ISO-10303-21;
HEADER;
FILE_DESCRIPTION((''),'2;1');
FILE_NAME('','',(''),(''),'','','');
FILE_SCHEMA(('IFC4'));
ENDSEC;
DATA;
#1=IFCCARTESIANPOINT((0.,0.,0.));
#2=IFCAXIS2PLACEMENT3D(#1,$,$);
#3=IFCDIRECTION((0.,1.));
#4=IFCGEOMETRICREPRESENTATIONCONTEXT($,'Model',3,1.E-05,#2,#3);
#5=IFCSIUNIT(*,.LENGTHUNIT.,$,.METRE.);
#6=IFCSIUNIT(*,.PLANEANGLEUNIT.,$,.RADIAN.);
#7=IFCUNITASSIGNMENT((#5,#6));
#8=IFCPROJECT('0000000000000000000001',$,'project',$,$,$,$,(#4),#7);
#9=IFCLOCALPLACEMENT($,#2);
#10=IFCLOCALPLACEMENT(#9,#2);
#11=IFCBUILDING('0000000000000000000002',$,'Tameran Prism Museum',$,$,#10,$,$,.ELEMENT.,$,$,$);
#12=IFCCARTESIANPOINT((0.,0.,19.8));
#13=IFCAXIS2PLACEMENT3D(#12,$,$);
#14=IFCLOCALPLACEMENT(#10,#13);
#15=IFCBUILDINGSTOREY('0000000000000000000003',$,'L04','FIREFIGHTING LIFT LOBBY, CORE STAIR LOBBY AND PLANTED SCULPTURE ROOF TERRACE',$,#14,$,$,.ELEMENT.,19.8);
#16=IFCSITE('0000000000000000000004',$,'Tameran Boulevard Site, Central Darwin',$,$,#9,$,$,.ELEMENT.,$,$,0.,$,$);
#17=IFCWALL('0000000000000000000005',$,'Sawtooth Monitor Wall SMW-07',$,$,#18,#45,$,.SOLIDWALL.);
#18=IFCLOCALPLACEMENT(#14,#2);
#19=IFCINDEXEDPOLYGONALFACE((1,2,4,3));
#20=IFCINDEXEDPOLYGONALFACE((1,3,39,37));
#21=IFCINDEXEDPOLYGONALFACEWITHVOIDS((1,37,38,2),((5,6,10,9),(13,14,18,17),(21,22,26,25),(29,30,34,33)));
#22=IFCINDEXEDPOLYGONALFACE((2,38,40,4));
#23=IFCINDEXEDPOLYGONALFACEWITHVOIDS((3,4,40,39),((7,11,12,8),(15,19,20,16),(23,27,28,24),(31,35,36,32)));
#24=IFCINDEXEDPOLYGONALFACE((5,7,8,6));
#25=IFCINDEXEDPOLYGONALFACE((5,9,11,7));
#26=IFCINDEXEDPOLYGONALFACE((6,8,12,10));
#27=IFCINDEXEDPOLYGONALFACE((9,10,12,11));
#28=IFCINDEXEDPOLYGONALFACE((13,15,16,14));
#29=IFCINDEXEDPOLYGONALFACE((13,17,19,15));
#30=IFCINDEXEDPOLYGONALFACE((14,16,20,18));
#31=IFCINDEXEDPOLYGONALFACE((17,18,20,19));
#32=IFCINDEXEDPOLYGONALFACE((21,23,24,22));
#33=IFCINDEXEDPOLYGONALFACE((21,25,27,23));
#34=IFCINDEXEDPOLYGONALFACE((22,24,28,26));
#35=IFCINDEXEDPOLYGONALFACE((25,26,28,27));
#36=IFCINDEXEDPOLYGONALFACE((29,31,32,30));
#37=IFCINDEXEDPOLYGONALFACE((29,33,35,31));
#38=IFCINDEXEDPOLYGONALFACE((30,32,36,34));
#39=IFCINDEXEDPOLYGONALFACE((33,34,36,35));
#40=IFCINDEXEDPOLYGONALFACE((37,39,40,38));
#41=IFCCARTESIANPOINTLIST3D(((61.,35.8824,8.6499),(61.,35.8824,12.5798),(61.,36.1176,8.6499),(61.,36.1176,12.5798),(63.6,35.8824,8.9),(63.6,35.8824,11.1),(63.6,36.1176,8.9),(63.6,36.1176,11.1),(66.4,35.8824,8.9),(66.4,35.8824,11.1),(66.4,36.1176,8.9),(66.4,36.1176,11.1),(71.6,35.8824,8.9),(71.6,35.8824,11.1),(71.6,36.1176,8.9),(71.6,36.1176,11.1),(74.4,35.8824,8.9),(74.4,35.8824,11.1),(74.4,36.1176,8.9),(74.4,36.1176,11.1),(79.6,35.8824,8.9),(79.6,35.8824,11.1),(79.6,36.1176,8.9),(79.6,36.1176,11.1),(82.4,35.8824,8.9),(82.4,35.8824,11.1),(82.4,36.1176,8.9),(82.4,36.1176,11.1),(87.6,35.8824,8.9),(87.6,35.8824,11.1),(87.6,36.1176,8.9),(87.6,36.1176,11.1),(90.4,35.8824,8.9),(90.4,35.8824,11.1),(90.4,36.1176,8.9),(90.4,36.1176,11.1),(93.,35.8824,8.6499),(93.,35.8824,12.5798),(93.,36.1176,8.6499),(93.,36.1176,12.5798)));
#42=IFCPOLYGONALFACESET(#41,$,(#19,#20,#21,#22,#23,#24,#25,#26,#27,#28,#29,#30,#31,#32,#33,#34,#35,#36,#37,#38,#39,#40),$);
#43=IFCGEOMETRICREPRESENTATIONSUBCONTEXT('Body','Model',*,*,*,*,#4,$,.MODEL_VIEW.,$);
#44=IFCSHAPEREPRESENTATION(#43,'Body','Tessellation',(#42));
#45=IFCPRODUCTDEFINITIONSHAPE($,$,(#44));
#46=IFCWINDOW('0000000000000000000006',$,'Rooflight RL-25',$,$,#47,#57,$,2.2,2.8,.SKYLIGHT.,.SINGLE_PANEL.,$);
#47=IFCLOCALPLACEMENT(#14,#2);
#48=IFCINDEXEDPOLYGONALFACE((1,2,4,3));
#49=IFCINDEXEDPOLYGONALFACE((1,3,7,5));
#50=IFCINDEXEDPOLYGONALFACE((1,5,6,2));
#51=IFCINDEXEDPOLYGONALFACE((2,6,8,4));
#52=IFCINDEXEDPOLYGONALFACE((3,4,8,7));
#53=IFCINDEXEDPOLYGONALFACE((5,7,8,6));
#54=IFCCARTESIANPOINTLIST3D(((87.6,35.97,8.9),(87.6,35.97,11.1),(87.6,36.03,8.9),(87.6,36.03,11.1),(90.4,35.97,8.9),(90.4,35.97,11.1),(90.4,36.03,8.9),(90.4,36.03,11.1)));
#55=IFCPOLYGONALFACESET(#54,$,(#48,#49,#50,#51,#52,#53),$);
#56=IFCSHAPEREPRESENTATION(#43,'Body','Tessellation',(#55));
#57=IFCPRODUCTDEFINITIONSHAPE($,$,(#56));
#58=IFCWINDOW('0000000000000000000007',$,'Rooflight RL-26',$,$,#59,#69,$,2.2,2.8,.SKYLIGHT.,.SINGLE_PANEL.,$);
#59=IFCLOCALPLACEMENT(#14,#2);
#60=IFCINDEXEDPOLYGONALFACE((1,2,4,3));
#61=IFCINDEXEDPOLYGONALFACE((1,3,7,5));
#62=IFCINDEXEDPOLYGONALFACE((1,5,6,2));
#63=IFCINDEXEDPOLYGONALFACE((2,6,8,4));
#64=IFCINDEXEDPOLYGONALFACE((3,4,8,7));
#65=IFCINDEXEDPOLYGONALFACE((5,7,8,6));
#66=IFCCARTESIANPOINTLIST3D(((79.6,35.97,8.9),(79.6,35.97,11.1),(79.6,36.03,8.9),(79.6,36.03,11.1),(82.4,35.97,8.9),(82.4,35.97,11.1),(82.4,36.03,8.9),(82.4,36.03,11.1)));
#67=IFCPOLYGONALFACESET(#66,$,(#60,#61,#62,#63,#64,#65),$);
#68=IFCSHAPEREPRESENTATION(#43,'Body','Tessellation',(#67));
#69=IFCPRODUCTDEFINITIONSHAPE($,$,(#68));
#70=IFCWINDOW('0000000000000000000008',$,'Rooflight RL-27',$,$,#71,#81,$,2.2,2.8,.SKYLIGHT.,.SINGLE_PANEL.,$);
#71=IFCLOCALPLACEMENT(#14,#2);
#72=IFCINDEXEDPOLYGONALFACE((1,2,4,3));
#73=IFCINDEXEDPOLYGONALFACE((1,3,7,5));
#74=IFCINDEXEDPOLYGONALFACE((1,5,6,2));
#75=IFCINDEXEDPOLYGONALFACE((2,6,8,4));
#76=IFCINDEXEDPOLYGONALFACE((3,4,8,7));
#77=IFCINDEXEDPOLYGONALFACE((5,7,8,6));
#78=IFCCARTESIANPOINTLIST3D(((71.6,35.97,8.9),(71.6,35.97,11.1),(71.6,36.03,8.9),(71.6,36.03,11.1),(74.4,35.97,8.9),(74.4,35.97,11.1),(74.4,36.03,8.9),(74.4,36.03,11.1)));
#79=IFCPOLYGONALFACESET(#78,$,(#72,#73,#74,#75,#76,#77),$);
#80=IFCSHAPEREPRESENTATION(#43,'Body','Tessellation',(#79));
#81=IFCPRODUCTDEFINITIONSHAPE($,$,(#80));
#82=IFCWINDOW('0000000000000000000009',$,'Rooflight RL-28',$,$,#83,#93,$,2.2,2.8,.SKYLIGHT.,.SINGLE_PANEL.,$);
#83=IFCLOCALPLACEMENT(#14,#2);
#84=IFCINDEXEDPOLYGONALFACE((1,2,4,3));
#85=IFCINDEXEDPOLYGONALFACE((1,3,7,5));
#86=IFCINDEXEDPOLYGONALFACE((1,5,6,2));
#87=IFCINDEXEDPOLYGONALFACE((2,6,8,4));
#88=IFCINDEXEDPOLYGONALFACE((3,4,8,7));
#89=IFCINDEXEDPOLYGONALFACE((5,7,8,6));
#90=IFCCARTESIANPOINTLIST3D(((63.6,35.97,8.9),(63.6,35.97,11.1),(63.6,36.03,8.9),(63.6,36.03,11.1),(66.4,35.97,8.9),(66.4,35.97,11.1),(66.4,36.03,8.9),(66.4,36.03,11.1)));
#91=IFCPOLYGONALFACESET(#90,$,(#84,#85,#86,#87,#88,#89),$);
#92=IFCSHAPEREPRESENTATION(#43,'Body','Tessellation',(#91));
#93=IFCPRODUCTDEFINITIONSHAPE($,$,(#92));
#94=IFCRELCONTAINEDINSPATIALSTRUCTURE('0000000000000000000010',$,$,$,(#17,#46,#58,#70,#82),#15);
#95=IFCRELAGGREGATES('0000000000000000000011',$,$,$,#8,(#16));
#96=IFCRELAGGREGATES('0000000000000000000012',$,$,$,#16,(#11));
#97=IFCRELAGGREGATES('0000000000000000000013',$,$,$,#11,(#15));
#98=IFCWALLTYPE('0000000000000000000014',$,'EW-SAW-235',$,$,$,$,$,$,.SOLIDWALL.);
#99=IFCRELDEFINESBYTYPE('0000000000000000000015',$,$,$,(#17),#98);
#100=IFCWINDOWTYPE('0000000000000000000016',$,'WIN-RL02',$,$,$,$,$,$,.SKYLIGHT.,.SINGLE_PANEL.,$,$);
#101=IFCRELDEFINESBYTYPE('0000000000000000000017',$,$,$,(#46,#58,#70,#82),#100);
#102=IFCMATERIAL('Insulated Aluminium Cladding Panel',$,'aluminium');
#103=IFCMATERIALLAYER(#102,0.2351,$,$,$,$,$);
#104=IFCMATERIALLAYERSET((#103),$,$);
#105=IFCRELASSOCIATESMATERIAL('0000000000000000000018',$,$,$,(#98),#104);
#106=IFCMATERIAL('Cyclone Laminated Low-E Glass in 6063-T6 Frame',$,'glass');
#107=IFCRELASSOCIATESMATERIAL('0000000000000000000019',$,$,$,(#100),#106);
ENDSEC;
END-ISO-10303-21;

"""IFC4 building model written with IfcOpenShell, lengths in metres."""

from ifc_helpers import new_model, si_unit, direction, frame, frame_2d, origin, place, context, subcontext, project, spatial, rectangle, extrude, material, layer, layer_set, type_object, element, fill, save


model = new_model("IFC4")

# Units and contexts
model_context = context("Model", 3, precision=1e-05, world=origin(), true_north=direction((0.0, 1.0)))
body_context = subcontext(model_context, "Body", "Model", "MODEL_VIEW")
ifc_project = project(units=[si_unit("LENGTHUNIT", "METRE"), si_unit("PLANEANGLEUNIT", "RADIAN")], contexts=[model_context])

# Site, building, storey
site_placement = place(None, origin())
site = spatial("IfcSite", under=ifc_project, at=site_placement, Name="Tameran Boulevard Site, Central Darwin", CompositionType="ELEMENT", RefElevation=0.0)
building_placement = place(site_placement, origin())
building = spatial("IfcBuilding", under=site, at=building_placement, Name="Tameran Prism Museum", CompositionType="ELEMENT")
storey_placement = place(building_placement, frame((0.0, 0.0, 19.8)))
storey = spatial("IfcBuildingStorey", under=building, at=storey_placement, Name="L04", Description="FIREFIGHTING LIFT LOBBY, CORE STAIR LOBBY AND PLANTED SCULPTURE ROOF TERRACE", CompositionType="ELEMENT", Elevation=19.8)

# Wall, openings, windows
ifc_material_1 = material(Name="Insulated Aluminium Cladding Panel", Category="aluminium")
ifc_layer_1 = layer(ifc_material_1, 0.2351)
ifc_layer_set_1 = layer_set([ifc_layer_1])
wall_type = type_object("IfcWallType", Name="EW-SAW-235", PredefinedType="SOLIDWALL", material=ifc_layer_set_1)
wall_1_placement = place(storey_placement, frame((93.0, 36.0, 8.6499), z_axis=(0.0, 0.0, 1.0), x_axis=(-1.0, 0.0, 0.0)))
wall_1 = element("IfcWall", 1, at=wall_1_placement, inside=storey, type_object=wall_type, Name="Sawtooth Monitor Wall SMW-07", PredefinedType="SOLIDWALL", context=body_context, shape_type="SweptSolid", body=[
    extrude(rectangle(XDim=32.0, YDim=0.2351, at=frame_2d((16.0, 0.0))), origin(), (0.0, 0.0, 1.0), 3.9299),
])
opening_1_placement = place(wall_1_placement, frame((2.6001, 0.0, 0.25)))
opening_1 = element("IfcOpeningElement", 2, at=opening_1_placement, cuts=wall_1, PredefinedType="OPENING", context=body_context, shape_type="SweptSolid", body=[
    extrude(rectangle(XDim=2.8, YDim=2.2, at=frame_2d((1.3999, 1.1001))), frame((0.0, 0.1274, 0.0), z_axis=(0.0, -1.0, 0.0), x_axis=(1.0, 0.0, 0.0)), (0.0, 0.0, 1.0), 0.2551),
])
opening_2_placement = place(wall_1_placement, frame((10.6001, 0.0, 0.25)))
opening_2 = element("IfcOpeningElement", 3, at=opening_2_placement, cuts=wall_1, PredefinedType="OPENING", context=body_context, shape_type="SweptSolid", body=[
    extrude(rectangle(XDim=2.8, YDim=2.2, at=frame_2d((1.3999, 1.1001))), frame((0.0, 0.1274, 0.0), z_axis=(0.0, -1.0, 0.0), x_axis=(1.0, 0.0, 0.0)), (0.0, 0.0, 1.0), 0.2551),
])
opening_3_placement = place(wall_1_placement, frame((18.6001, 0.0, 0.25)))
opening_3 = element("IfcOpeningElement", 4, at=opening_3_placement, cuts=wall_1, PredefinedType="OPENING", context=body_context, shape_type="SweptSolid", body=[
    extrude(rectangle(XDim=2.8, YDim=2.2, at=frame_2d((1.3999, 1.1001))), frame((0.0, 0.1274, 0.0), z_axis=(0.0, -1.0, 0.0), x_axis=(1.0, 0.0, 0.0)), (0.0, 0.0, 1.0), 0.2551),
])
opening_4_placement = place(wall_1_placement, frame((26.6001, 0.0, 0.25)))
opening_4 = element("IfcOpeningElement", 5, at=opening_4_placement, cuts=wall_1, PredefinedType="OPENING", context=body_context, shape_type="SweptSolid", body=[
    extrude(rectangle(XDim=2.8, YDim=2.2, at=frame_2d((1.3999, 1.1001))), frame((0.0, 0.1274, 0.0), z_axis=(0.0, -1.0, 0.0), x_axis=(1.0, 0.0, 0.0)), (0.0, 0.0, 1.0), 0.2551),
])
ifc_material_2 = material(Name="Cyclone Laminated Low-E Glass in 6063-T6 Frame", Category="glass")
window_type_1 = type_object("IfcWindowType", Name="WIN-RL02", PartitioningType="SINGLE_PANEL", PredefinedType="SKYLIGHT", material=ifc_material_2)
window_1_placement = place(opening_1_placement, origin())
window_1 = element("IfcWindow", 6, at=window_1_placement, inside=storey, type_object=window_type_1, Name="Rooflight RL-25", OverallHeight=2.2, OverallWidth=2.8, PartitioningType="SINGLE_PANEL", PredefinedType="SKYLIGHT", context=body_context, shape_type="SweptSolid", body=[
    extrude(rectangle(XDim=2.8, YDim=2.2, at=frame_2d((1.3999, 1.1001))), frame((0.0, 0.03, 0.0), z_axis=(0.0, -1.0, 0.0), x_axis=(1.0, 0.0, 0.0)), (0.0, 0.0, 1.0), 0.0601),
])
fill(opening_1, window_1)
window_2_placement = place(opening_2_placement, origin())
window_2 = element("IfcWindow", 7, at=window_2_placement, inside=storey, type_object=window_type_1, Name="Rooflight RL-26", OverallHeight=2.2, OverallWidth=2.8, PartitioningType="SINGLE_PANEL", PredefinedType="SKYLIGHT", context=body_context, shape_type="SweptSolid", body=[
    extrude(rectangle(XDim=2.8, YDim=2.2, at=frame_2d((1.3999, 1.1001))), frame((0.0, 0.03, 0.0), z_axis=(0.0, -1.0, 0.0), x_axis=(1.0, 0.0, 0.0)), (0.0, 0.0, 1.0), 0.0601),
])
fill(opening_2, window_2)
window_3_placement = place(opening_3_placement, origin())
window_3 = element("IfcWindow", 8, at=window_3_placement, inside=storey, type_object=window_type_1, Name="Rooflight RL-27", OverallHeight=2.2, OverallWidth=2.8, PartitioningType="SINGLE_PANEL", PredefinedType="SKYLIGHT", context=body_context, shape_type="SweptSolid", body=[
    extrude(rectangle(XDim=2.8, YDim=2.2, at=frame_2d((1.3999, 1.1001))), frame((0.0, 0.03, 0.0), z_axis=(0.0, -1.0, 0.0), x_axis=(1.0, 0.0, 0.0)), (0.0, 0.0, 1.0), 0.0601),
])
fill(opening_3, window_3)
window_4_placement = place(opening_4_placement, origin())
window_4 = element("IfcWindow", 9, at=window_4_placement, inside=storey, type_object=window_type_1, Name="Rooflight RL-28", OverallHeight=2.2, OverallWidth=2.8, PartitioningType="SINGLE_PANEL", PredefinedType="SKYLIGHT", context=body_context, shape_type="SweptSolid", body=[
    extrude(rectangle(XDim=2.8, YDim=2.2, at=frame_2d((1.3999, 1.1001))), frame((0.0, 0.03, 0.0), z_axis=(0.0, -1.0, 0.0), x_axis=(1.0, 0.0, 0.0)), (0.0, 0.0, 1.0), 0.0601),
])
fill(opening_4, window_4)

save(model, "model.ifc")
